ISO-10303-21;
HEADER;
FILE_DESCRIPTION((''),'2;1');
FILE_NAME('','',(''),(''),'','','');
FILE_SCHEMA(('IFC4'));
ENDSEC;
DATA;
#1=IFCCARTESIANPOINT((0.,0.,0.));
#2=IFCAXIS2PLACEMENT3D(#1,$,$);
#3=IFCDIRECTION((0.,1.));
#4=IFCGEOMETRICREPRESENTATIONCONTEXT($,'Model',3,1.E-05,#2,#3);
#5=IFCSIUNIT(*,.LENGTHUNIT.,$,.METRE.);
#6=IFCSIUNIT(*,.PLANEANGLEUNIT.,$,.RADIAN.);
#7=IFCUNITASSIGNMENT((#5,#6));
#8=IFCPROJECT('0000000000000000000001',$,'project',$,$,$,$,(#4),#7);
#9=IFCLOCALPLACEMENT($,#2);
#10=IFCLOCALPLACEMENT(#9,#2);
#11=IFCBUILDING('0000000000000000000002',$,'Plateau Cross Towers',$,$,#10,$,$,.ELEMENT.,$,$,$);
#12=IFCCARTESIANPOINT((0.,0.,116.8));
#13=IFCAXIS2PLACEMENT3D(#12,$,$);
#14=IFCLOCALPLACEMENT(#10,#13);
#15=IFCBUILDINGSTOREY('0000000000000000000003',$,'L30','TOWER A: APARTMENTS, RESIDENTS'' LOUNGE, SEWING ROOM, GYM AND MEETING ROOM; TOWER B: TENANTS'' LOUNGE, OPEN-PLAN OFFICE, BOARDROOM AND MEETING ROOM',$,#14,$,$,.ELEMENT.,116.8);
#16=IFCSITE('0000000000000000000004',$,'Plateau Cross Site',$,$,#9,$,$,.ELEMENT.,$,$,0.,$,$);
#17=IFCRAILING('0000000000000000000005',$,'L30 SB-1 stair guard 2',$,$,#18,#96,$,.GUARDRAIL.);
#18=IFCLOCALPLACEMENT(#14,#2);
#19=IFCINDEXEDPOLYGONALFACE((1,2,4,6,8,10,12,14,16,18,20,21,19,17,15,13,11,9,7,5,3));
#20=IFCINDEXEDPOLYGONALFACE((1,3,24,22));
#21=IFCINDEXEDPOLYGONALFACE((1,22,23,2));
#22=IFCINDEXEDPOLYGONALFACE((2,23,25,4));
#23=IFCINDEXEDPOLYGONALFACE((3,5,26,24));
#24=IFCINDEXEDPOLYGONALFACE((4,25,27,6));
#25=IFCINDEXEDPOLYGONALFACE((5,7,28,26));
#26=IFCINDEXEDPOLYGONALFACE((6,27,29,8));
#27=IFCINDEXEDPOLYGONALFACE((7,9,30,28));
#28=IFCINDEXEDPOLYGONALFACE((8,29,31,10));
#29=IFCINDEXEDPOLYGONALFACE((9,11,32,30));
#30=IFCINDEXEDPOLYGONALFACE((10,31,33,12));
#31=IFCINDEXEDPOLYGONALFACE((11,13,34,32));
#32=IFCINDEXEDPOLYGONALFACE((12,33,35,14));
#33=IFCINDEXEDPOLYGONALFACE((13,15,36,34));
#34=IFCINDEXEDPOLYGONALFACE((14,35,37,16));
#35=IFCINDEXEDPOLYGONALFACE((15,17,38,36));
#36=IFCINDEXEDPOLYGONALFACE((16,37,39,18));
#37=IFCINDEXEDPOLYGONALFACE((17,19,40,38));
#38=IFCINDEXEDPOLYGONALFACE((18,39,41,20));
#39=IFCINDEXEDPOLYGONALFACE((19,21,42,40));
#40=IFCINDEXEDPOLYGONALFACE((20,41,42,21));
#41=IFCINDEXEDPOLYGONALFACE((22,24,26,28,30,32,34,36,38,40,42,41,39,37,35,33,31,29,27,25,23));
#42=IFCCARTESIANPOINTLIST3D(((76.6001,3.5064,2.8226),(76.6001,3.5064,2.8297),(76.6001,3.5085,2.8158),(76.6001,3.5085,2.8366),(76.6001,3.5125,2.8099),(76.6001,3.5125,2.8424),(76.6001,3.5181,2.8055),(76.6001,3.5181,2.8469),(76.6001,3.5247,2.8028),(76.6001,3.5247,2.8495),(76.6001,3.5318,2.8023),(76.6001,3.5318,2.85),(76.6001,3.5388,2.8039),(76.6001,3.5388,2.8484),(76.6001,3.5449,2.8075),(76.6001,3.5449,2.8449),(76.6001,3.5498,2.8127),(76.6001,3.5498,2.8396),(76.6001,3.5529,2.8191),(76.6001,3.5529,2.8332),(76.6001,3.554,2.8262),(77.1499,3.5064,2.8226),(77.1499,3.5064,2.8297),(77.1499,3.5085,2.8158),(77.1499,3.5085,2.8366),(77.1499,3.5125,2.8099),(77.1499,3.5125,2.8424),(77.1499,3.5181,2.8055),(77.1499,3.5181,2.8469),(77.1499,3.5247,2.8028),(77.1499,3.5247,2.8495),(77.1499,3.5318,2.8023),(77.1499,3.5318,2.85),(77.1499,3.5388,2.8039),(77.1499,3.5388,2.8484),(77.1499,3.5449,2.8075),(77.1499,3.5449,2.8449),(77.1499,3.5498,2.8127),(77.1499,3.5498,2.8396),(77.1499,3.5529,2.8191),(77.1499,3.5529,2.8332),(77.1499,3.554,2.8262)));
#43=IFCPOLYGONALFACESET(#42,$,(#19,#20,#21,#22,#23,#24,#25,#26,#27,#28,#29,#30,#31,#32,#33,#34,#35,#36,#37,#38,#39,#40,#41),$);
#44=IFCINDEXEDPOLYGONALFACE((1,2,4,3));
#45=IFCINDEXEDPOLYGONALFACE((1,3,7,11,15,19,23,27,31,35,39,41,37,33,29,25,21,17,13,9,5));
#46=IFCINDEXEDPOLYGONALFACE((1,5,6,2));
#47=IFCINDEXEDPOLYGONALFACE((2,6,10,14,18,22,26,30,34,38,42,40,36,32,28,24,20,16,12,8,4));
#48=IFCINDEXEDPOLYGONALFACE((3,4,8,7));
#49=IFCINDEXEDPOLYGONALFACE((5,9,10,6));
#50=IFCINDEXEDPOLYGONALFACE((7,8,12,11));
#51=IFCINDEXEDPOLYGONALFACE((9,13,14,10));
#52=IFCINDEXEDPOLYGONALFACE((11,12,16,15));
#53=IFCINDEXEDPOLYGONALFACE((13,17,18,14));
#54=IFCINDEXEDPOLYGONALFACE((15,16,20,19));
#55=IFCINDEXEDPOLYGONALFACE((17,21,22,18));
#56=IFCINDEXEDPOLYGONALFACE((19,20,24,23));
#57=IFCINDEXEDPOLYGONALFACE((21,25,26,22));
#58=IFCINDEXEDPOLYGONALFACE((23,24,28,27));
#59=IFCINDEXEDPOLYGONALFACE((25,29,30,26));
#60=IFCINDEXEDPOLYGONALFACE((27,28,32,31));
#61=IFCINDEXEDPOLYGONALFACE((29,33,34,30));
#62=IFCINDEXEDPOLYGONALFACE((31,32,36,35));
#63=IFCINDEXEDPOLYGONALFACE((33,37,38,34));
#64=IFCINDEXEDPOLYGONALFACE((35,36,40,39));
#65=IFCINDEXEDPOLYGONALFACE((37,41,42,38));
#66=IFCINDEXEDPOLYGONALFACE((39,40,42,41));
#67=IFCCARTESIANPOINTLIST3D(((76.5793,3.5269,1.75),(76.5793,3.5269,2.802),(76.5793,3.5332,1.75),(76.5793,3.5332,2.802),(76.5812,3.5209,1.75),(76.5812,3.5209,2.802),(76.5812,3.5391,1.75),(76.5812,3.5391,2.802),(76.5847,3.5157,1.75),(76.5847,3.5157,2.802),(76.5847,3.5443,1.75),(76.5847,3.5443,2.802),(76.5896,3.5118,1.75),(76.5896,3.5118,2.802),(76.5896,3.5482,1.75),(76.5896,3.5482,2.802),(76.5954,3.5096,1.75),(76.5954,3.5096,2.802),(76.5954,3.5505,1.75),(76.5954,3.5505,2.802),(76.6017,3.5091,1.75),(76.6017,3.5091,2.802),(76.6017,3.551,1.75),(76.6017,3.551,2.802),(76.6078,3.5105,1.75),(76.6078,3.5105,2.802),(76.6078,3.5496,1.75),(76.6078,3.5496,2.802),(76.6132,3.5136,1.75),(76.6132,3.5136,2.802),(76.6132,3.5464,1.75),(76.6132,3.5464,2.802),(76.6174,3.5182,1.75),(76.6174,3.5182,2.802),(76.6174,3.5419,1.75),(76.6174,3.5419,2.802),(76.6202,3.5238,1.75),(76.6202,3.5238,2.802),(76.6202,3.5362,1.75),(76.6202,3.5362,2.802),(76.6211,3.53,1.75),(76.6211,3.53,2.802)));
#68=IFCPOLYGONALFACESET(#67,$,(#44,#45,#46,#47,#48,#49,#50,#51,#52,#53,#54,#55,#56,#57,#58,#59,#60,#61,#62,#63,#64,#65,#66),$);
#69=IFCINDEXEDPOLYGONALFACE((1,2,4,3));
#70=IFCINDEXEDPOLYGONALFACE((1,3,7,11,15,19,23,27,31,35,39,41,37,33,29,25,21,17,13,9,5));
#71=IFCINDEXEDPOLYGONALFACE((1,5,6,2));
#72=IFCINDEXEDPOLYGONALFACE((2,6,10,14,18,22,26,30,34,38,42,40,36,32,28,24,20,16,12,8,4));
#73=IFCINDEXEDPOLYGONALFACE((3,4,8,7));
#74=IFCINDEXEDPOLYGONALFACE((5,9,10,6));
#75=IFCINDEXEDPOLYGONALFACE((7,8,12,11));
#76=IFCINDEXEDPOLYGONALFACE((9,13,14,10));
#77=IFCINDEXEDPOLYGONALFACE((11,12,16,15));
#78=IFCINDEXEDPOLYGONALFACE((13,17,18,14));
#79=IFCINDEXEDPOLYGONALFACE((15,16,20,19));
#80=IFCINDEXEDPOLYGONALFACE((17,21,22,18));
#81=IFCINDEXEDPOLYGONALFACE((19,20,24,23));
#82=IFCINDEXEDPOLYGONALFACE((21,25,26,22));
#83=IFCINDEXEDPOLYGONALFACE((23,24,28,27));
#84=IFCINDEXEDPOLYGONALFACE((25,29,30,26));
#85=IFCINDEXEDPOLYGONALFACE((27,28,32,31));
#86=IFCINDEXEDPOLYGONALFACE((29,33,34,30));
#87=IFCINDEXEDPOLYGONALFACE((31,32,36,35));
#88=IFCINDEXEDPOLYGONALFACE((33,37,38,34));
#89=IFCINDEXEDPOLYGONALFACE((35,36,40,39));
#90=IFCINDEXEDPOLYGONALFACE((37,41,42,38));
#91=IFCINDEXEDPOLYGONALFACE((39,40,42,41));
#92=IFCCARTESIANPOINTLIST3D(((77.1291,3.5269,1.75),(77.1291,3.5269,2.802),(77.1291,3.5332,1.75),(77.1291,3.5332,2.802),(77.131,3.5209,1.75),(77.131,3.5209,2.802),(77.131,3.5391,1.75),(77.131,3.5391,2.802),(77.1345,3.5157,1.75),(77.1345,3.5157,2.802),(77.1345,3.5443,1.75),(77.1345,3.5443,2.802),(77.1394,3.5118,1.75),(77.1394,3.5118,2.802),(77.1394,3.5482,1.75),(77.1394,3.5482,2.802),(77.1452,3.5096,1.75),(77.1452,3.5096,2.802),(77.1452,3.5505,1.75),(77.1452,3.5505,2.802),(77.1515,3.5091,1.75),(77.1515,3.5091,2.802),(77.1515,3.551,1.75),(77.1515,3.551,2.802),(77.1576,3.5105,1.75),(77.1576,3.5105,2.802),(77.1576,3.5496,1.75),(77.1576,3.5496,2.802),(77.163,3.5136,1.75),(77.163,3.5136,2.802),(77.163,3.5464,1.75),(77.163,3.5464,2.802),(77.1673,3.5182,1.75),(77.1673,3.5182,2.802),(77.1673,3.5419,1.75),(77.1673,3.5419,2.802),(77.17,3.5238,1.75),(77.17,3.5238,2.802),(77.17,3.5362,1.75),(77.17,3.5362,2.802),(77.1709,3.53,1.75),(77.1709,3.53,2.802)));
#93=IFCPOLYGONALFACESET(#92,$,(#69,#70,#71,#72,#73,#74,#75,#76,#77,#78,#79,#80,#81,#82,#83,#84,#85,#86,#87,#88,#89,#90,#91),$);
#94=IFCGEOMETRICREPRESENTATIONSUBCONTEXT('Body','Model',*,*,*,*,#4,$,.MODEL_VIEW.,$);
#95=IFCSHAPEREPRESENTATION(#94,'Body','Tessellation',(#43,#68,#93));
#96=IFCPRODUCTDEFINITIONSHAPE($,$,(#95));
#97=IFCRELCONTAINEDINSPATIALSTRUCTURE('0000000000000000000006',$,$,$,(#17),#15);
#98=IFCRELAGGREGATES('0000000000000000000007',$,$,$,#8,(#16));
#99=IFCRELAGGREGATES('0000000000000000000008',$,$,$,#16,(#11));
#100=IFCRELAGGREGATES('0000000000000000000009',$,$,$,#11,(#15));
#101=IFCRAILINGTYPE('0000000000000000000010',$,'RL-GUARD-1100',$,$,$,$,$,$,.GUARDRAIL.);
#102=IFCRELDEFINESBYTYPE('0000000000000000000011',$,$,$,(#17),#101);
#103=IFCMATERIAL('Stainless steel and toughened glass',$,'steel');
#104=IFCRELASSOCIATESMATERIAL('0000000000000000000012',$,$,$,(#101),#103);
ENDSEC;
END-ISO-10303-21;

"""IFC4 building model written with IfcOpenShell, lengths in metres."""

from ifc_helpers import new_model, si_unit, direction, frame, origin, origin_2d, place, context, subcontext, project, spatial, circle, extrude, material, type_object, element, save


model = new_model("IFC4")

# Units and contexts
model_context = context("Model", 3, precision=1e-05, world=origin(), true_north=direction((0.0, 1.0)))
body_context = subcontext(model_context, "Body", "Model", "MODEL_VIEW")
ifc_project = project(units=[si_unit("LENGTHUNIT", "METRE"), si_unit("PLANEANGLEUNIT", "RADIAN")], contexts=[model_context])

# Site, building, storey
site_placement = place(None, origin())
site = spatial("IfcSite", under=ifc_project, at=site_placement, Name="Plateau Cross Site", CompositionType="ELEMENT", RefElevation=0.0)
building_placement = place(site_placement, origin())
building = spatial("IfcBuilding", under=site, at=building_placement, Name="Plateau Cross Towers", CompositionType="ELEMENT")
storey_placement = place(building_placement, frame((0.0, 0.0, 116.8)))
storey = spatial("IfcBuildingStorey", under=building, at=storey_placement, Name="L30", Description="TOWER A: APARTMENTS, RESIDENTS' LOUNGE, SEWING ROOM, GYM AND MEETING ROOM; TOWER B: TENANTS' LOUNGE, OPEN-PLAN OFFICE, BOARDROOM AND MEETING ROOM", CompositionType="ELEMENT", Elevation=116.8)

# Railing
ifc_material_1 = material(Name="Stainless steel and toughened glass", Category="steel")
railing_type_1 = type_object("IfcRailingType", Name="RL-GUARD-1100", PredefinedType="GUARDRAIL", material=ifc_material_1)
railing_1_placement = place(storey_placement, frame((76.6001, 3.53, 1.75)))
element("IfcRailing", 1, at=railing_1_placement, inside=storey, type_object=railing_type_1, Name="L30 SB-1 stair guard 2", PredefinedType="GUARDRAIL", context=body_context, shape_type="SweptSolid", body=[
    extrude(circle(Radius=0.0239, at=origin_2d()), frame((0.0, 0.0, 1.0762), z_axis=(1.0, 0.0, 0.0), x_axis=(0.0, 1.0, 0.0)), (0.0, 0.0, 1.0), 0.5498),
    extrude(circle(Radius=0.021, at=origin_2d()), origin(), (0.0, 0.0, 1.0), 1.052),
    extrude(circle(Radius=0.021, at=origin_2d()), frame((0.5498, 0.0, 0.0)), (0.0, 0.0, 1.0), 1.052),
])

save(model, "model.ifc")
